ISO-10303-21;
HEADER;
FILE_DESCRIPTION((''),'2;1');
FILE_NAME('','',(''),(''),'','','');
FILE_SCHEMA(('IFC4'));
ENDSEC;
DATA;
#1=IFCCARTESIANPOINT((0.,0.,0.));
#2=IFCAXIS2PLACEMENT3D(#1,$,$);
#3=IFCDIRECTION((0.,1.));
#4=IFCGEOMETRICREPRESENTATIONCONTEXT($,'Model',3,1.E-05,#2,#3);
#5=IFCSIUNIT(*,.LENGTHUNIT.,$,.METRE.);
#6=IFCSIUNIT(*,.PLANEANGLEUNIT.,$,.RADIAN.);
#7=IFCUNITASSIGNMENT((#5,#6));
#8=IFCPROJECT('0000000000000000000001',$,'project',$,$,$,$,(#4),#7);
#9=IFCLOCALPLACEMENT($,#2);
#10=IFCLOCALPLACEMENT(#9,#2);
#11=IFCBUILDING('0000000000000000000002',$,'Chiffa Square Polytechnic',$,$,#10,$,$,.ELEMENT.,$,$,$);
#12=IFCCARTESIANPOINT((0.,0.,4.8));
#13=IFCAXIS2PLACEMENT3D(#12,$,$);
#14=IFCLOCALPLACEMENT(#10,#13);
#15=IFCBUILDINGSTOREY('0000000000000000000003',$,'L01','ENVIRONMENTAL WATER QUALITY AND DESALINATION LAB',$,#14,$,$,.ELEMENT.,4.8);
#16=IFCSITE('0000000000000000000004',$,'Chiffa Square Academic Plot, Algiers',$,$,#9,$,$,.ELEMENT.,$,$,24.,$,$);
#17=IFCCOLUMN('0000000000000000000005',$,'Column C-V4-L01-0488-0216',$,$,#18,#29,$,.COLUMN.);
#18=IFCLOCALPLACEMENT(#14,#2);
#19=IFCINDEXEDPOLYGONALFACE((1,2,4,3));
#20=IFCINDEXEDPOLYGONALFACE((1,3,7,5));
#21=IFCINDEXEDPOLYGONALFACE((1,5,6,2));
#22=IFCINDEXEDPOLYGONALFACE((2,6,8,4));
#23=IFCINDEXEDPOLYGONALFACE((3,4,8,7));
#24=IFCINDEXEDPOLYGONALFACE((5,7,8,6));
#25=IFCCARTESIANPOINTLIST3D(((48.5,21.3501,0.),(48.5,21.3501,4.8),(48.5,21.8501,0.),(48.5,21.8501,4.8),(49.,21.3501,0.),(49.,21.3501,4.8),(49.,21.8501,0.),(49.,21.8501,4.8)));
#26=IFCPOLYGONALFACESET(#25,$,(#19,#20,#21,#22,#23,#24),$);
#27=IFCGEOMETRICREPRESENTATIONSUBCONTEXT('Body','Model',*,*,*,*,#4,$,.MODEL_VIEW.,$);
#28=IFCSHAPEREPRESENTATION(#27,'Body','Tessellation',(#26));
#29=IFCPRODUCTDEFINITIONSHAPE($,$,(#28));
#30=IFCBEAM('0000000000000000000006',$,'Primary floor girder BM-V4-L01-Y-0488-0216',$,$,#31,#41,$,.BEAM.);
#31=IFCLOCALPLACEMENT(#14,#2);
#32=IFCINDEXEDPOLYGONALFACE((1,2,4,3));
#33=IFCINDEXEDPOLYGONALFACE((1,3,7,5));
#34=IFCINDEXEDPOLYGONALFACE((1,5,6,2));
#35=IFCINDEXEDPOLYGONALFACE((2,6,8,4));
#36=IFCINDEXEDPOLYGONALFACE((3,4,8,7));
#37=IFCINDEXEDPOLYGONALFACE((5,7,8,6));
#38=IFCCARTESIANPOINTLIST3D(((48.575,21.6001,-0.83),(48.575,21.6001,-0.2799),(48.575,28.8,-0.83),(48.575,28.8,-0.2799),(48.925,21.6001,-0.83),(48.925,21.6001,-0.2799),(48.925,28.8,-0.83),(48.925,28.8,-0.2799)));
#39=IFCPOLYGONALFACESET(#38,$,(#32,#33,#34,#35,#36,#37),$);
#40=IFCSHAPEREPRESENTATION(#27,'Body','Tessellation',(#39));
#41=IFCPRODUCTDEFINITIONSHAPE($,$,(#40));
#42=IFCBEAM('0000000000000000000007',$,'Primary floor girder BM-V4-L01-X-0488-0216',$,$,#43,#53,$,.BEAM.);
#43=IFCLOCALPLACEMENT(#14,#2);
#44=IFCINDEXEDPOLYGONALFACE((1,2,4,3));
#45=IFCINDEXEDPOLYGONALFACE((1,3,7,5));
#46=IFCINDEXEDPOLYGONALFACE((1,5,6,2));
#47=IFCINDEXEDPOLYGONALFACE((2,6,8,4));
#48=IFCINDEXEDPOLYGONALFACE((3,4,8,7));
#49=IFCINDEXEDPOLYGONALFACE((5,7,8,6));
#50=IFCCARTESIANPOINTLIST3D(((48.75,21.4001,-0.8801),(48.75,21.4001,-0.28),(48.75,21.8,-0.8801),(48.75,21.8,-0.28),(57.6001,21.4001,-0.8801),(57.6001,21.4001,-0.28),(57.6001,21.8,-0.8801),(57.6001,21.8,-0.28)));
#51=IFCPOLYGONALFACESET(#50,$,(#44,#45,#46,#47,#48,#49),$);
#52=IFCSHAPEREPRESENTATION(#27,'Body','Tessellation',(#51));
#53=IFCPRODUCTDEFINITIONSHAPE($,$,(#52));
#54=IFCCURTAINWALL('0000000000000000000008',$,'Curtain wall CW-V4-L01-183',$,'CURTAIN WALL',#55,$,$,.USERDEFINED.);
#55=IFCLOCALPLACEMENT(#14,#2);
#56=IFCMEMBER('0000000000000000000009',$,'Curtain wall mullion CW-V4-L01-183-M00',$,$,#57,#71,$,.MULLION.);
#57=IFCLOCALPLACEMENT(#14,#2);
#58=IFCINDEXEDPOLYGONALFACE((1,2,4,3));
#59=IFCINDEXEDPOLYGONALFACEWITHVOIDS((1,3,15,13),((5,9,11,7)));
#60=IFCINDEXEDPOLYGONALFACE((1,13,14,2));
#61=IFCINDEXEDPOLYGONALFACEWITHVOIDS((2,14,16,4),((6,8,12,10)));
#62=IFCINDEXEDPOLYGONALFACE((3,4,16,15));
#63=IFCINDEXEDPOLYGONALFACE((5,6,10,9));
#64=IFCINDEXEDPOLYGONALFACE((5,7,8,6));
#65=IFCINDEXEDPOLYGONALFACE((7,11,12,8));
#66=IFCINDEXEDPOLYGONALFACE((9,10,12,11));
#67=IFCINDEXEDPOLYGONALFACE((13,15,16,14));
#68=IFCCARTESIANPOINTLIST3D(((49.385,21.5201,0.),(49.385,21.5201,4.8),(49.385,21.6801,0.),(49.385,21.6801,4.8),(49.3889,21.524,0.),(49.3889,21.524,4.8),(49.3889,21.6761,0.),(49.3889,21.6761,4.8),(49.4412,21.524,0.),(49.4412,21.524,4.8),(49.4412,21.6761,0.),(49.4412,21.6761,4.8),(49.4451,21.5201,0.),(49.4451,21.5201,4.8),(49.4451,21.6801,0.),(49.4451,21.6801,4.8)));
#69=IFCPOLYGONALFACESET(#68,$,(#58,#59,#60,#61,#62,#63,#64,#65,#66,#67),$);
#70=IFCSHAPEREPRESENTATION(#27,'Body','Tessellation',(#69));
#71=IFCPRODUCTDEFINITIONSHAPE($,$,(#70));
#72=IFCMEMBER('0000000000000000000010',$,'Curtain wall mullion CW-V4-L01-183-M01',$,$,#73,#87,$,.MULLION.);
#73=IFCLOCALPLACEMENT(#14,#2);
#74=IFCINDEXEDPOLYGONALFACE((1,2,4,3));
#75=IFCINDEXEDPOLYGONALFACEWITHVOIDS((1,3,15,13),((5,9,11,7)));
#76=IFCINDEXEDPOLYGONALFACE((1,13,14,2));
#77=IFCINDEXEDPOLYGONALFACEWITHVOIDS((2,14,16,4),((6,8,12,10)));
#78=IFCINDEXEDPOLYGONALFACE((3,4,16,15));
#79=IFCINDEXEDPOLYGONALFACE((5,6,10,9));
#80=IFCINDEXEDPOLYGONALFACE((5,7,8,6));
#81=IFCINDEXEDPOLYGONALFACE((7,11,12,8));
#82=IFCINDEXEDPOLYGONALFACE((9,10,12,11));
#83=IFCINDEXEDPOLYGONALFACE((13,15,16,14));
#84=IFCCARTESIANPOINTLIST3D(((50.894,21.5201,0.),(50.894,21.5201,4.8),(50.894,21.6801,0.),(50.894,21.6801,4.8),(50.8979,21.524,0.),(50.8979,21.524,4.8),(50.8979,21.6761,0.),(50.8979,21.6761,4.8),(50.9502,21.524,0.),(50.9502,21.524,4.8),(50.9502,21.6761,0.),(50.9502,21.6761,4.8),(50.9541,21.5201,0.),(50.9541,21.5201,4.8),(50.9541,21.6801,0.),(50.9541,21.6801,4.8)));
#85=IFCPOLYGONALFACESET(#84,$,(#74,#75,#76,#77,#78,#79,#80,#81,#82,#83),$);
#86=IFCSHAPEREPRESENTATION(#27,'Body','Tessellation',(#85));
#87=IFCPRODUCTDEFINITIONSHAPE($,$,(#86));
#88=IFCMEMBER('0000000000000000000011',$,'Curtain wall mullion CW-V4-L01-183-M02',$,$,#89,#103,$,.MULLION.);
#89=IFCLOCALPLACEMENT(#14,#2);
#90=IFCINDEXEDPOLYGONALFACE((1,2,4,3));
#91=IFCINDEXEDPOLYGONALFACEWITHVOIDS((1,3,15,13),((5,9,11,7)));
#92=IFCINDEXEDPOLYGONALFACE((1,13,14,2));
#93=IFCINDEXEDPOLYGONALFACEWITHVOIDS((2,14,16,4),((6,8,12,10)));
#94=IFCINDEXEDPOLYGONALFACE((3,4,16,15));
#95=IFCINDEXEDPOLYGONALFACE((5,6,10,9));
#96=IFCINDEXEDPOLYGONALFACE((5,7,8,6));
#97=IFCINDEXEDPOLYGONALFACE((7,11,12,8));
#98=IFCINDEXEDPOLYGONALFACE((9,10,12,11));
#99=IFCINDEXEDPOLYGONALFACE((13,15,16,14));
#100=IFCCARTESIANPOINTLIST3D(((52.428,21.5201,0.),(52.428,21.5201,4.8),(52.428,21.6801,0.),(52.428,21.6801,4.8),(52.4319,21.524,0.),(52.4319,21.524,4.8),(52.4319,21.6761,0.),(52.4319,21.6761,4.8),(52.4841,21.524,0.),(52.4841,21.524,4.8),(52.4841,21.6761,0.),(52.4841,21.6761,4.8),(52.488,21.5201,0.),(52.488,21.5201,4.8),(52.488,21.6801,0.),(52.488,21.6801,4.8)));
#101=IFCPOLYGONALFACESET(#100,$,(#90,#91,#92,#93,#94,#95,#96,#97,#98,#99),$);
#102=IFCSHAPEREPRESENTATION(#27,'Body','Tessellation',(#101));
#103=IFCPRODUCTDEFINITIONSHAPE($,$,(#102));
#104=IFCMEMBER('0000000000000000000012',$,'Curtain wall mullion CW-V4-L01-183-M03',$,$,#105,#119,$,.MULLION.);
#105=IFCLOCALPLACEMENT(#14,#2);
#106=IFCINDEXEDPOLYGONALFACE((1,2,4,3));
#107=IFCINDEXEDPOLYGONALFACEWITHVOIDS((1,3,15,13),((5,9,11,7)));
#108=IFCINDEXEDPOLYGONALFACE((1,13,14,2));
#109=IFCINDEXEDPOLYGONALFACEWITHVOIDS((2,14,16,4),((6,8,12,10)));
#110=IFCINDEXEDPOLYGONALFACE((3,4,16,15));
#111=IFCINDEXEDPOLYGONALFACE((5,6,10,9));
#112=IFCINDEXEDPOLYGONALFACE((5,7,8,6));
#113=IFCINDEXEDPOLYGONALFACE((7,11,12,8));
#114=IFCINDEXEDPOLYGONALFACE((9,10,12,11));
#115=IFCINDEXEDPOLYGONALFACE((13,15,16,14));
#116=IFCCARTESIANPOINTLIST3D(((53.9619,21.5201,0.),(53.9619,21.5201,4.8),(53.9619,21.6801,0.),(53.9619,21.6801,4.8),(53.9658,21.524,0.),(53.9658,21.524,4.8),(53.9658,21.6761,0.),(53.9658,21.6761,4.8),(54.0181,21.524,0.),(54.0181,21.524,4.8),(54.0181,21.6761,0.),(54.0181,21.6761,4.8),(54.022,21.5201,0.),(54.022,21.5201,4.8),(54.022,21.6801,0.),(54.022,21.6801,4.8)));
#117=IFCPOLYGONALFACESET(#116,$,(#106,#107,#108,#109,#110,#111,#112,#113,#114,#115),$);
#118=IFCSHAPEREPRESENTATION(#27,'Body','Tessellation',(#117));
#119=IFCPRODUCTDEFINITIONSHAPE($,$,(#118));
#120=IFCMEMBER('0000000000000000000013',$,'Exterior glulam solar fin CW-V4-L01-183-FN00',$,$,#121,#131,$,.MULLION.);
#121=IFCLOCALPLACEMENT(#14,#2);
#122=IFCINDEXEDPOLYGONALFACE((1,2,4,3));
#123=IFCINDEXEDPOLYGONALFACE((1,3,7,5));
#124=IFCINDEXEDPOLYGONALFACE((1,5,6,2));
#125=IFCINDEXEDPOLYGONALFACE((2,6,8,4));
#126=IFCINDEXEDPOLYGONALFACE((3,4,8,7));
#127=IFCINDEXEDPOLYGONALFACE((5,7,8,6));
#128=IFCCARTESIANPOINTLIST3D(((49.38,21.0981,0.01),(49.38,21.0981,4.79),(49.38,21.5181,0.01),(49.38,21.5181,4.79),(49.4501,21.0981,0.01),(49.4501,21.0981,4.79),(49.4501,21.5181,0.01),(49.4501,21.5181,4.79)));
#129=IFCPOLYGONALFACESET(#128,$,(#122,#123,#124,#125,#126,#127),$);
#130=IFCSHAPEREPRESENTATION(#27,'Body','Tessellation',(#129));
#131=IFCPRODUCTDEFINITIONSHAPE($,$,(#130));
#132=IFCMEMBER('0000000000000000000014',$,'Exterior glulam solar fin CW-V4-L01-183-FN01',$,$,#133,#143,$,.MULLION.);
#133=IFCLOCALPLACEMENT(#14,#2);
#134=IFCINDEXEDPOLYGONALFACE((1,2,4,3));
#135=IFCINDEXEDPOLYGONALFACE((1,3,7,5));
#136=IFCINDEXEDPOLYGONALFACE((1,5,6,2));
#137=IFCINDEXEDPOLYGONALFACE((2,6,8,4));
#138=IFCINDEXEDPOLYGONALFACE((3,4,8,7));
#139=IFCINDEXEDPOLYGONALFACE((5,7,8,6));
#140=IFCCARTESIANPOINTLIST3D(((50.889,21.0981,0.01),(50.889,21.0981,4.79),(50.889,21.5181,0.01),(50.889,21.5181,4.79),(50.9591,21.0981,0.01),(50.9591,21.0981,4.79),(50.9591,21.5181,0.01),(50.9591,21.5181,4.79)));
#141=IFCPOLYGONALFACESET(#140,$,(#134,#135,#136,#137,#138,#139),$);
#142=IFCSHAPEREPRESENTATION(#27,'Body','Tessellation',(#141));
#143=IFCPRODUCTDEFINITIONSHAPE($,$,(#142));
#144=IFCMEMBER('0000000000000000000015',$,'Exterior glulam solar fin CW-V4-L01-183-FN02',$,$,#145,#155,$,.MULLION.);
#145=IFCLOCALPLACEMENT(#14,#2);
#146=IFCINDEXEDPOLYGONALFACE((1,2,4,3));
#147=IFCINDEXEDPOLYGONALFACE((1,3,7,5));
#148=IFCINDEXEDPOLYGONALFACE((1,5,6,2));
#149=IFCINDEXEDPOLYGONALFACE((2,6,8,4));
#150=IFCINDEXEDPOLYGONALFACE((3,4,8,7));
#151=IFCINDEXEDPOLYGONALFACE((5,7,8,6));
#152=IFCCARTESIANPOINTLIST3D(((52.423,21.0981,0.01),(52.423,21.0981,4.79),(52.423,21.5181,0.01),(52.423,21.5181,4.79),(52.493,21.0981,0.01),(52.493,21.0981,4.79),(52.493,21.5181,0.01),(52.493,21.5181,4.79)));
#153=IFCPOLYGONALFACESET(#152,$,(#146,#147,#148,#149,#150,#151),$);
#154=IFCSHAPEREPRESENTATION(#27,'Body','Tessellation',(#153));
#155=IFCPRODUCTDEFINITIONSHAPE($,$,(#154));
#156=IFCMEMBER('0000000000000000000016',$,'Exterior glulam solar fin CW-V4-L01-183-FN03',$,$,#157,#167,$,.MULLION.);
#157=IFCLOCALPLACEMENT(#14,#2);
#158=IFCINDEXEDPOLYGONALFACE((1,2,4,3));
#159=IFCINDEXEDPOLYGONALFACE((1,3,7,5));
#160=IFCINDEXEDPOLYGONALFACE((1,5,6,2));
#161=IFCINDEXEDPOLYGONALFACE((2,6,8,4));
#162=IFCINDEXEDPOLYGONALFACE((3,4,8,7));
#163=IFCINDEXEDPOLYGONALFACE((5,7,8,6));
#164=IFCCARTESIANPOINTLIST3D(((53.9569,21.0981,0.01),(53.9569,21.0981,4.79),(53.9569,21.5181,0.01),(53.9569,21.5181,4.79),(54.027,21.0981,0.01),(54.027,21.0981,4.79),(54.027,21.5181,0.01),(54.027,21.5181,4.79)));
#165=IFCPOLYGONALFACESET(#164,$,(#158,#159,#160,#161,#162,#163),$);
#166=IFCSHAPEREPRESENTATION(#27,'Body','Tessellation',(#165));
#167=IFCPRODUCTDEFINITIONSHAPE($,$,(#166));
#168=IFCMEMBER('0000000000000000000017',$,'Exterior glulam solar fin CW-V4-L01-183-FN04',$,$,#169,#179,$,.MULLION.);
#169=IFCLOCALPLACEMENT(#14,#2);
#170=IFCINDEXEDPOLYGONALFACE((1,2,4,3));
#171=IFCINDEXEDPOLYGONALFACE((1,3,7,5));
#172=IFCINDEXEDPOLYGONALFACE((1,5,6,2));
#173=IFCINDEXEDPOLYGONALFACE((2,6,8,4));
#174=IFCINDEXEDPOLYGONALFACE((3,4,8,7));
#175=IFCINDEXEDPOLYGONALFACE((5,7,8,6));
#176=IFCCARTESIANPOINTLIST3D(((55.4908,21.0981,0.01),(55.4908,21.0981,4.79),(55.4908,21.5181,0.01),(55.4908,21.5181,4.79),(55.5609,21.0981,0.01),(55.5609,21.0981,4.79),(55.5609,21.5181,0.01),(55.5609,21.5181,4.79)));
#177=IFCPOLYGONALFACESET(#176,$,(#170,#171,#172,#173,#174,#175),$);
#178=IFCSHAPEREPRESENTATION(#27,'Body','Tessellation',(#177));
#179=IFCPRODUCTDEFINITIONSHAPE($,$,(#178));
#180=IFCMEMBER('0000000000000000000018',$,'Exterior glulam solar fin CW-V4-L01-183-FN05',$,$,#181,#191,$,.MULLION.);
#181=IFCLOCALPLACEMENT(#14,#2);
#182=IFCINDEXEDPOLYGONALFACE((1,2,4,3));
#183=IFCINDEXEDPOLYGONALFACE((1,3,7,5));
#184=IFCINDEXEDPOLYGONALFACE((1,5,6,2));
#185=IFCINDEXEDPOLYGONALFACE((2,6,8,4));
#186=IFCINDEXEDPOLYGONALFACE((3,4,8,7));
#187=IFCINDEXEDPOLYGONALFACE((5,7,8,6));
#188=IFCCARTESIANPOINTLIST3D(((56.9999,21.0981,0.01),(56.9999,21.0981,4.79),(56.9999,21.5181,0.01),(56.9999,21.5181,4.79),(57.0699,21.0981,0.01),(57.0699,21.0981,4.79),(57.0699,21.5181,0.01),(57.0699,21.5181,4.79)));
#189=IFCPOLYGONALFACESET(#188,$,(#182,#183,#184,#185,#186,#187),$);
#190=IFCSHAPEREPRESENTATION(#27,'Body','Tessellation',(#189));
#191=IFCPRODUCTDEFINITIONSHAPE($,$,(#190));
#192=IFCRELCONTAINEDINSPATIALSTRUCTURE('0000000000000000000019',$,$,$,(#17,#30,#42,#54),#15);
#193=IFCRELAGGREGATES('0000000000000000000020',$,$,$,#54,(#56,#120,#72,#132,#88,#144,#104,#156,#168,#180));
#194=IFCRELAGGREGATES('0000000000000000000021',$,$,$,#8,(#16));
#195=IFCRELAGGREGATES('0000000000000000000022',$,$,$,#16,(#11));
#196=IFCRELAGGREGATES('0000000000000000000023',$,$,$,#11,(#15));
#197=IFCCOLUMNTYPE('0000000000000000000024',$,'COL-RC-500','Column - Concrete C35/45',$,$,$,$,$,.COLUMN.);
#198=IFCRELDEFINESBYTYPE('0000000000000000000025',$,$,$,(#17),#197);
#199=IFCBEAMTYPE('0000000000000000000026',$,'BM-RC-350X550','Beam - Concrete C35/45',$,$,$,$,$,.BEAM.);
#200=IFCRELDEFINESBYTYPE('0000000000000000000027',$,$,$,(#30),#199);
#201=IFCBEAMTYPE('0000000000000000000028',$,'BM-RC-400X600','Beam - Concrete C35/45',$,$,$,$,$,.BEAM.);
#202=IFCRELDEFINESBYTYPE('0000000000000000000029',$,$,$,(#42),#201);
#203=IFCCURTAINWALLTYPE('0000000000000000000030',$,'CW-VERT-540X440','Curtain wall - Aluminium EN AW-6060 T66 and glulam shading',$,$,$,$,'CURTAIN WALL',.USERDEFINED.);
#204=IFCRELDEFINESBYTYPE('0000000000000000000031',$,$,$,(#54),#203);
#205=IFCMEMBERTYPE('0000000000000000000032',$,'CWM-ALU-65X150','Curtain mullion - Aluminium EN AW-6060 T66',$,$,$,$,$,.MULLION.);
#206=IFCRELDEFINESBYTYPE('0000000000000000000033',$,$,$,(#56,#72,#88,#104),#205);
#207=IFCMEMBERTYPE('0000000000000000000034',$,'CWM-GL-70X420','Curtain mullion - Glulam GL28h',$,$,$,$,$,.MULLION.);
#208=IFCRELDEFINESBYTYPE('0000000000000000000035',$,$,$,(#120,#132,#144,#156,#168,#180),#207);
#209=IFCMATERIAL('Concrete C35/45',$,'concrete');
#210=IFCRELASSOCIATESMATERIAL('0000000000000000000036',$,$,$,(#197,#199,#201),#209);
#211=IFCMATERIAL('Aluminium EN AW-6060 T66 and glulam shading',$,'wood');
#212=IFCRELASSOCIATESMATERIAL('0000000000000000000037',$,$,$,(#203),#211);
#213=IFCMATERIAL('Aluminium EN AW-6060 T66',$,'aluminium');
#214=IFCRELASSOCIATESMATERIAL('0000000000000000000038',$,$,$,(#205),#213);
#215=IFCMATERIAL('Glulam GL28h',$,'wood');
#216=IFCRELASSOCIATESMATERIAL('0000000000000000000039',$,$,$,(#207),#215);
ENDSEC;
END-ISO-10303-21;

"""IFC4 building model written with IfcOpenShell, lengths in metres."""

from ifc_helpers import new_model, si_unit, direction, frame, origin, origin_2d, place, context, subcontext, project, spatial, rectangle, hollow_rectangle, extrude, material, material_profile, profile_set, type_object, element, aggregate, save


model = new_model("IFC4")

# Units and contexts
model_context = context("Model", 3, precision=1e-05, world=origin(), true_north=direction((0.0, 1.0)))
body_context = subcontext(model_context, "Body", "Model", "MODEL_VIEW")
ifc_project = project(units=[si_unit("LENGTHUNIT", "METRE"), si_unit("PLANEANGLEUNIT", "RADIAN")], contexts=[model_context])

# Site, building, storey
site_placement = place(None, origin())
site = spatial("IfcSite", under=ifc_project, at=site_placement, Name="Chiffa Square Academic Plot, Algiers", CompositionType="ELEMENT", RefElevation=24.0)
building_placement = place(site_placement, origin())
building = spatial("IfcBuilding", under=site, at=building_placement, Name="Chiffa Square Polytechnic", CompositionType="ELEMENT")
storey_placement = place(building_placement, frame((0.0, 0.0, 4.8)))
storey = spatial("IfcBuildingStorey", under=building, at=storey_placement, Name="L01", Description="ENVIRONMENTAL WATER QUALITY AND DESALINATION LAB", CompositionType="ELEMENT", Elevation=4.8)

# Column
ifc_material_1 = material(Name="Concrete C35/45", Category="concrete")
ifc_material_profile_1 = material_profile(ifc_material_1, rectangle(XDim=0.5, YDim=0.5, at=origin_2d()), Name="RC 500x500")
ifc_profile_set_1 = profile_set([ifc_material_profile_1], Name="Concrete C35/45")
column_type = type_object("IfcColumnType", Name="COL-RC-500", Description="Column - Concrete C35/45", PredefinedType="COLUMN", material=ifc_profile_set_1)
column_placement = place(storey_placement, frame((48.75, 21.6001, 0.0), z_axis=(0.0, 0.0, 1.0), x_axis=(1.0, 0.0, 0.0)))
element("IfcColumn", 1, at=column_placement, inside=storey, type_object=column_type, Name="Column C-V4-L01-0488-0216", PredefinedType="COLUMN", context=body_context, shape_type="SweptSolid", body=[
    extrude(rectangle(XDim=0.5, YDim=0.5, at=origin_2d()), origin(), (0.0, 0.0, 1.0), 4.8),
])

# Beams
ifc_material_profile_2 = material_profile(ifc_material_1, rectangle(XDim=0.3501, YDim=0.55, at=origin_2d()), Name="RC 350x550")
ifc_profile_set_2 = profile_set([ifc_material_profile_2], Name="Concrete C35/45")
beam_type_1 = type_object("IfcBeamType", Name="BM-RC-350X550", Description="Beam - Concrete C35/45", PredefinedType="BEAM", material=ifc_profile_set_2)
beam_1_placement = place(storey_placement, frame((48.75, 21.6001, -0.5549), z_axis=(0.0, 1.0, 0.0), x_axis=(-1.0, 0.0, 0.0)))
element("IfcBeam", 2, at=beam_1_placement, inside=storey, type_object=beam_type_1, Name="Primary floor girder BM-V4-L01-Y-0488-0216", PredefinedType="BEAM", context=body_context, shape_type="SweptSolid", body=[
    extrude(rectangle(XDim=0.3501, YDim=0.55, at=origin_2d()), origin(), (0.0, 0.0, 1.0), 7.2),
])
ifc_material_profile_3 = material_profile(ifc_material_1, rectangle(XDim=0.3999, YDim=0.6001, at=origin_2d()), Name="RC 400x600")
ifc_profile_set_3 = profile_set([ifc_material_profile_3], Name="Concrete C35/45")
beam_type_2 = type_object("IfcBeamType", Name="BM-RC-400X600", Description="Beam - Concrete C35/45", PredefinedType="BEAM", material=ifc_profile_set_3)
beam_2_placement = place(storey_placement, frame((48.75, 21.6001, -0.5801), z_axis=(1.0, 0.0, 0.0), x_axis=(0.0, 1.0, 0.0)))
element("IfcBeam", 3, at=beam_2_placement, inside=storey, type_object=beam_type_2, Name="Primary floor girder BM-V4-L01-X-0488-0216", PredefinedType="BEAM", context=body_context, shape_type="SweptSolid", body=[
    extrude(rectangle(XDim=0.3999, YDim=0.6001, at=origin_2d()), origin(), (0.0, 0.0, 1.0), 8.8501),
])

# Curtain wall, members
ifc_material_2 = material(Name="Aluminium EN AW-6060 T66 and glulam shading", Category="wood")
curtain_wall_type_1 = type_object("IfcCurtainWallType", Name="CW-VERT-540X440", Description="Curtain wall - Aluminium EN AW-6060 T66 and glulam shading", ElementType="CURTAIN WALL", PredefinedType="USERDEFINED", material=ifc_material_2)
curtain_wall_1_placement = place(storey_placement, origin())
curtain_wall_1 = element("IfcCurtainWall", 4, at=curtain_wall_1_placement, inside=storey, type_object=curtain_wall_type_1, Name="Curtain wall CW-V4-L01-183", ObjectType="CURTAIN WALL", PredefinedType="USERDEFINED")
ifc_material_3 = material(Name="Aluminium EN AW-6060 T66", Category="aluminium")
ifc_material_profile_4 = material_profile(ifc_material_3, hollow_rectangle(XDim=0.0601, YDim=0.1599, WallThickness=0.0039, at=origin_2d()), Name="ALU 60x160x4")
ifc_profile_set_4 = profile_set([ifc_material_profile_4], Name="Aluminium EN AW-6060 T66")
member_type_1 = type_object("IfcMemberType", Name="CWM-ALU-65X150", Description="Curtain mullion - Aluminium EN AW-6060 T66", PredefinedType="MULLION", material=ifc_profile_set_4)
member_1_placement = place(storey_placement, frame((49.415, 21.6001, 0.0), z_axis=(0.0, 0.0, 1.0), x_axis=(1.0, 0.0, 0.0)))
member_1 = element("IfcMember", 5, at=member_1_placement, type_object=member_type_1, Name="Curtain wall mullion CW-V4-L01-183-M00", PredefinedType="MULLION", context=body_context, shape_type="SweptSolid", body=[
    extrude(hollow_rectangle(XDim=0.0601, YDim=0.1599, WallThickness=0.0039, at=origin_2d()), origin(), (0.0, 0.0, 1.0), 4.8),
])
member_2_placement = place(storey_placement, frame((50.9241, 21.6001, 0.0), z_axis=(0.0, 0.0, 1.0), x_axis=(1.0, 0.0, 0.0)))
member_2 = element("IfcMember", 6, at=member_2_placement, type_object=member_type_1, Name="Curtain wall mullion CW-V4-L01-183-M01", PredefinedType="MULLION", context=body_context, shape_type="SweptSolid", body=[
    extrude(hollow_rectangle(XDim=0.0601, YDim=0.1599, WallThickness=0.0039, at=origin_2d()), origin(), (0.0, 0.0, 1.0), 4.8),
])
member_3_placement = place(storey_placement, frame((52.458, 21.6001, 0.0), z_axis=(0.0, 0.0, 1.0), x_axis=(1.0, 0.0, 0.0)))
member_3 = element("IfcMember", 7, at=member_3_placement, type_object=member_type_1, Name="Curtain wall mullion CW-V4-L01-183-M02", PredefinedType="MULLION", context=body_context, shape_type="SweptSolid", body=[
    extrude(hollow_rectangle(XDim=0.0601, YDim=0.1599, WallThickness=0.0039, at=origin_2d()), origin(), (0.0, 0.0, 1.0), 4.8),
])
member_4_placement = place(storey_placement, frame((53.9919, 21.6001, 0.0), z_axis=(0.0, 0.0, 1.0), x_axis=(1.0, 0.0, 0.0)))
member_4 = element("IfcMember", 8, at=member_4_placement, type_object=member_type_1, Name="Curtain wall mullion CW-V4-L01-183-M03", PredefinedType="MULLION", context=body_context, shape_type="SweptSolid", body=[
    extrude(hollow_rectangle(XDim=0.0601, YDim=0.1599, WallThickness=0.0039, at=origin_2d()), origin(), (0.0, 0.0, 1.0), 4.8),
])
ifc_material_4 = material(Name="Glulam GL28h", Category="wood")
ifc_material_profile_5 = material_profile(ifc_material_4, rectangle(XDim=0.0701, YDim=0.4199, at=origin_2d()), Name="GL28h 70x420")
ifc_profile_set_5 = profile_set([ifc_material_profile_5], Name="Glulam GL28h")
member_type_2 = type_object("IfcMemberType", Name="CWM-GL-70X420", Description="Curtain mullion - Glulam GL28h", PredefinedType="MULLION", material=ifc_profile_set_5)
member_5_placement = place(storey_placement, frame((49.415, 21.3081, 0.01), z_axis=(0.0, 0.0, 1.0), x_axis=(1.0, 0.0, 0.0)))
member_5 = element("IfcMember", 9, at=member_5_placement, type_object=member_type_2, Name="Exterior glulam solar fin CW-V4-L01-183-FN00", PredefinedType="MULLION", context=body_context, shape_type="SweptSolid", body=[
    extrude(rectangle(XDim=0.0701, YDim=0.4199, at=origin_2d()), origin(), (0.0, 0.0, 1.0), 4.78),
])
member_6_placement = place(storey_placement, frame((50.9241, 21.3081, 0.01), z_axis=(0.0, 0.0, 1.0), x_axis=(1.0, 0.0, 0.0)))
member_6 = element("IfcMember", 10, at=member_6_placement, type_object=member_type_2, Name="Exterior glulam solar fin CW-V4-L01-183-FN01", PredefinedType="MULLION", context=body_context, shape_type="SweptSolid", body=[
    extrude(rectangle(XDim=0.0701, YDim=0.4199, at=origin_2d()), origin(), (0.0, 0.0, 1.0), 4.78),
])
member_7_placement = place(storey_placement, frame((52.458, 21.3081, 0.01), z_axis=(0.0, 0.0, 1.0), x_axis=(1.0, 0.0, 0.0)))
member_7 = element("IfcMember", 11, at=member_7_placement, type_object=member_type_2, Name="Exterior glulam solar fin CW-V4-L01-183-FN02", PredefinedType="MULLION", context=body_context, shape_type="SweptSolid", body=[
    extrude(rectangle(XDim=0.0701, YDim=0.4199, at=origin_2d()), origin(), (0.0, 0.0, 1.0), 4.78),
])
member_8_placement = place(storey_placement, frame((53.9919, 21.3081, 0.01), z_axis=(0.0, 0.0, 1.0), x_axis=(1.0, 0.0, 0.0)))
member_8 = element("IfcMember", 12, at=member_8_placement, type_object=member_type_2, Name="Exterior glulam solar fin CW-V4-L01-183-FN03", PredefinedType="MULLION", context=body_context, shape_type="SweptSolid", body=[
    extrude(rectangle(XDim=0.0701, YDim=0.4199, at=origin_2d()), origin(), (0.0, 0.0, 1.0), 4.78),
])
member_9_placement = place(storey_placement, frame((55.5259, 21.3081, 0.01), z_axis=(0.0, 0.0, 1.0), x_axis=(1.0, 0.0, 0.0)))
member_9 = element("IfcMember", 13, at=member_9_placement, type_object=member_type_2, Name="Exterior glulam solar fin CW-V4-L01-183-FN04", PredefinedType="MULLION", context=body_context, shape_type="SweptSolid", body=[
    extrude(rectangle(XDim=0.0701, YDim=0.4199, at=origin_2d()), origin(), (0.0, 0.0, 1.0), 4.78),
])
member_10_placement = place(storey_placement, frame((57.0349, 21.3081, 0.01), z_axis=(0.0, 0.0, 1.0), x_axis=(1.0, 0.0, 0.0)))
member_10 = element("IfcMember", 14, at=member_10_placement, type_object=member_type_2, Name="Exterior glulam solar fin CW-V4-L01-183-FN05", PredefinedType="MULLION", context=body_context, shape_type="SweptSolid", body=[
    extrude(rectangle(XDim=0.0701, YDim=0.4199, at=origin_2d()), origin(), (0.0, 0.0, 1.0), 4.78),
])

aggregate(curtain_wall_1, [member_1, member_5, member_2, member_6, member_3, member_7, member_4, member_8, member_9, member_10])

save(model, "model.ifc")
